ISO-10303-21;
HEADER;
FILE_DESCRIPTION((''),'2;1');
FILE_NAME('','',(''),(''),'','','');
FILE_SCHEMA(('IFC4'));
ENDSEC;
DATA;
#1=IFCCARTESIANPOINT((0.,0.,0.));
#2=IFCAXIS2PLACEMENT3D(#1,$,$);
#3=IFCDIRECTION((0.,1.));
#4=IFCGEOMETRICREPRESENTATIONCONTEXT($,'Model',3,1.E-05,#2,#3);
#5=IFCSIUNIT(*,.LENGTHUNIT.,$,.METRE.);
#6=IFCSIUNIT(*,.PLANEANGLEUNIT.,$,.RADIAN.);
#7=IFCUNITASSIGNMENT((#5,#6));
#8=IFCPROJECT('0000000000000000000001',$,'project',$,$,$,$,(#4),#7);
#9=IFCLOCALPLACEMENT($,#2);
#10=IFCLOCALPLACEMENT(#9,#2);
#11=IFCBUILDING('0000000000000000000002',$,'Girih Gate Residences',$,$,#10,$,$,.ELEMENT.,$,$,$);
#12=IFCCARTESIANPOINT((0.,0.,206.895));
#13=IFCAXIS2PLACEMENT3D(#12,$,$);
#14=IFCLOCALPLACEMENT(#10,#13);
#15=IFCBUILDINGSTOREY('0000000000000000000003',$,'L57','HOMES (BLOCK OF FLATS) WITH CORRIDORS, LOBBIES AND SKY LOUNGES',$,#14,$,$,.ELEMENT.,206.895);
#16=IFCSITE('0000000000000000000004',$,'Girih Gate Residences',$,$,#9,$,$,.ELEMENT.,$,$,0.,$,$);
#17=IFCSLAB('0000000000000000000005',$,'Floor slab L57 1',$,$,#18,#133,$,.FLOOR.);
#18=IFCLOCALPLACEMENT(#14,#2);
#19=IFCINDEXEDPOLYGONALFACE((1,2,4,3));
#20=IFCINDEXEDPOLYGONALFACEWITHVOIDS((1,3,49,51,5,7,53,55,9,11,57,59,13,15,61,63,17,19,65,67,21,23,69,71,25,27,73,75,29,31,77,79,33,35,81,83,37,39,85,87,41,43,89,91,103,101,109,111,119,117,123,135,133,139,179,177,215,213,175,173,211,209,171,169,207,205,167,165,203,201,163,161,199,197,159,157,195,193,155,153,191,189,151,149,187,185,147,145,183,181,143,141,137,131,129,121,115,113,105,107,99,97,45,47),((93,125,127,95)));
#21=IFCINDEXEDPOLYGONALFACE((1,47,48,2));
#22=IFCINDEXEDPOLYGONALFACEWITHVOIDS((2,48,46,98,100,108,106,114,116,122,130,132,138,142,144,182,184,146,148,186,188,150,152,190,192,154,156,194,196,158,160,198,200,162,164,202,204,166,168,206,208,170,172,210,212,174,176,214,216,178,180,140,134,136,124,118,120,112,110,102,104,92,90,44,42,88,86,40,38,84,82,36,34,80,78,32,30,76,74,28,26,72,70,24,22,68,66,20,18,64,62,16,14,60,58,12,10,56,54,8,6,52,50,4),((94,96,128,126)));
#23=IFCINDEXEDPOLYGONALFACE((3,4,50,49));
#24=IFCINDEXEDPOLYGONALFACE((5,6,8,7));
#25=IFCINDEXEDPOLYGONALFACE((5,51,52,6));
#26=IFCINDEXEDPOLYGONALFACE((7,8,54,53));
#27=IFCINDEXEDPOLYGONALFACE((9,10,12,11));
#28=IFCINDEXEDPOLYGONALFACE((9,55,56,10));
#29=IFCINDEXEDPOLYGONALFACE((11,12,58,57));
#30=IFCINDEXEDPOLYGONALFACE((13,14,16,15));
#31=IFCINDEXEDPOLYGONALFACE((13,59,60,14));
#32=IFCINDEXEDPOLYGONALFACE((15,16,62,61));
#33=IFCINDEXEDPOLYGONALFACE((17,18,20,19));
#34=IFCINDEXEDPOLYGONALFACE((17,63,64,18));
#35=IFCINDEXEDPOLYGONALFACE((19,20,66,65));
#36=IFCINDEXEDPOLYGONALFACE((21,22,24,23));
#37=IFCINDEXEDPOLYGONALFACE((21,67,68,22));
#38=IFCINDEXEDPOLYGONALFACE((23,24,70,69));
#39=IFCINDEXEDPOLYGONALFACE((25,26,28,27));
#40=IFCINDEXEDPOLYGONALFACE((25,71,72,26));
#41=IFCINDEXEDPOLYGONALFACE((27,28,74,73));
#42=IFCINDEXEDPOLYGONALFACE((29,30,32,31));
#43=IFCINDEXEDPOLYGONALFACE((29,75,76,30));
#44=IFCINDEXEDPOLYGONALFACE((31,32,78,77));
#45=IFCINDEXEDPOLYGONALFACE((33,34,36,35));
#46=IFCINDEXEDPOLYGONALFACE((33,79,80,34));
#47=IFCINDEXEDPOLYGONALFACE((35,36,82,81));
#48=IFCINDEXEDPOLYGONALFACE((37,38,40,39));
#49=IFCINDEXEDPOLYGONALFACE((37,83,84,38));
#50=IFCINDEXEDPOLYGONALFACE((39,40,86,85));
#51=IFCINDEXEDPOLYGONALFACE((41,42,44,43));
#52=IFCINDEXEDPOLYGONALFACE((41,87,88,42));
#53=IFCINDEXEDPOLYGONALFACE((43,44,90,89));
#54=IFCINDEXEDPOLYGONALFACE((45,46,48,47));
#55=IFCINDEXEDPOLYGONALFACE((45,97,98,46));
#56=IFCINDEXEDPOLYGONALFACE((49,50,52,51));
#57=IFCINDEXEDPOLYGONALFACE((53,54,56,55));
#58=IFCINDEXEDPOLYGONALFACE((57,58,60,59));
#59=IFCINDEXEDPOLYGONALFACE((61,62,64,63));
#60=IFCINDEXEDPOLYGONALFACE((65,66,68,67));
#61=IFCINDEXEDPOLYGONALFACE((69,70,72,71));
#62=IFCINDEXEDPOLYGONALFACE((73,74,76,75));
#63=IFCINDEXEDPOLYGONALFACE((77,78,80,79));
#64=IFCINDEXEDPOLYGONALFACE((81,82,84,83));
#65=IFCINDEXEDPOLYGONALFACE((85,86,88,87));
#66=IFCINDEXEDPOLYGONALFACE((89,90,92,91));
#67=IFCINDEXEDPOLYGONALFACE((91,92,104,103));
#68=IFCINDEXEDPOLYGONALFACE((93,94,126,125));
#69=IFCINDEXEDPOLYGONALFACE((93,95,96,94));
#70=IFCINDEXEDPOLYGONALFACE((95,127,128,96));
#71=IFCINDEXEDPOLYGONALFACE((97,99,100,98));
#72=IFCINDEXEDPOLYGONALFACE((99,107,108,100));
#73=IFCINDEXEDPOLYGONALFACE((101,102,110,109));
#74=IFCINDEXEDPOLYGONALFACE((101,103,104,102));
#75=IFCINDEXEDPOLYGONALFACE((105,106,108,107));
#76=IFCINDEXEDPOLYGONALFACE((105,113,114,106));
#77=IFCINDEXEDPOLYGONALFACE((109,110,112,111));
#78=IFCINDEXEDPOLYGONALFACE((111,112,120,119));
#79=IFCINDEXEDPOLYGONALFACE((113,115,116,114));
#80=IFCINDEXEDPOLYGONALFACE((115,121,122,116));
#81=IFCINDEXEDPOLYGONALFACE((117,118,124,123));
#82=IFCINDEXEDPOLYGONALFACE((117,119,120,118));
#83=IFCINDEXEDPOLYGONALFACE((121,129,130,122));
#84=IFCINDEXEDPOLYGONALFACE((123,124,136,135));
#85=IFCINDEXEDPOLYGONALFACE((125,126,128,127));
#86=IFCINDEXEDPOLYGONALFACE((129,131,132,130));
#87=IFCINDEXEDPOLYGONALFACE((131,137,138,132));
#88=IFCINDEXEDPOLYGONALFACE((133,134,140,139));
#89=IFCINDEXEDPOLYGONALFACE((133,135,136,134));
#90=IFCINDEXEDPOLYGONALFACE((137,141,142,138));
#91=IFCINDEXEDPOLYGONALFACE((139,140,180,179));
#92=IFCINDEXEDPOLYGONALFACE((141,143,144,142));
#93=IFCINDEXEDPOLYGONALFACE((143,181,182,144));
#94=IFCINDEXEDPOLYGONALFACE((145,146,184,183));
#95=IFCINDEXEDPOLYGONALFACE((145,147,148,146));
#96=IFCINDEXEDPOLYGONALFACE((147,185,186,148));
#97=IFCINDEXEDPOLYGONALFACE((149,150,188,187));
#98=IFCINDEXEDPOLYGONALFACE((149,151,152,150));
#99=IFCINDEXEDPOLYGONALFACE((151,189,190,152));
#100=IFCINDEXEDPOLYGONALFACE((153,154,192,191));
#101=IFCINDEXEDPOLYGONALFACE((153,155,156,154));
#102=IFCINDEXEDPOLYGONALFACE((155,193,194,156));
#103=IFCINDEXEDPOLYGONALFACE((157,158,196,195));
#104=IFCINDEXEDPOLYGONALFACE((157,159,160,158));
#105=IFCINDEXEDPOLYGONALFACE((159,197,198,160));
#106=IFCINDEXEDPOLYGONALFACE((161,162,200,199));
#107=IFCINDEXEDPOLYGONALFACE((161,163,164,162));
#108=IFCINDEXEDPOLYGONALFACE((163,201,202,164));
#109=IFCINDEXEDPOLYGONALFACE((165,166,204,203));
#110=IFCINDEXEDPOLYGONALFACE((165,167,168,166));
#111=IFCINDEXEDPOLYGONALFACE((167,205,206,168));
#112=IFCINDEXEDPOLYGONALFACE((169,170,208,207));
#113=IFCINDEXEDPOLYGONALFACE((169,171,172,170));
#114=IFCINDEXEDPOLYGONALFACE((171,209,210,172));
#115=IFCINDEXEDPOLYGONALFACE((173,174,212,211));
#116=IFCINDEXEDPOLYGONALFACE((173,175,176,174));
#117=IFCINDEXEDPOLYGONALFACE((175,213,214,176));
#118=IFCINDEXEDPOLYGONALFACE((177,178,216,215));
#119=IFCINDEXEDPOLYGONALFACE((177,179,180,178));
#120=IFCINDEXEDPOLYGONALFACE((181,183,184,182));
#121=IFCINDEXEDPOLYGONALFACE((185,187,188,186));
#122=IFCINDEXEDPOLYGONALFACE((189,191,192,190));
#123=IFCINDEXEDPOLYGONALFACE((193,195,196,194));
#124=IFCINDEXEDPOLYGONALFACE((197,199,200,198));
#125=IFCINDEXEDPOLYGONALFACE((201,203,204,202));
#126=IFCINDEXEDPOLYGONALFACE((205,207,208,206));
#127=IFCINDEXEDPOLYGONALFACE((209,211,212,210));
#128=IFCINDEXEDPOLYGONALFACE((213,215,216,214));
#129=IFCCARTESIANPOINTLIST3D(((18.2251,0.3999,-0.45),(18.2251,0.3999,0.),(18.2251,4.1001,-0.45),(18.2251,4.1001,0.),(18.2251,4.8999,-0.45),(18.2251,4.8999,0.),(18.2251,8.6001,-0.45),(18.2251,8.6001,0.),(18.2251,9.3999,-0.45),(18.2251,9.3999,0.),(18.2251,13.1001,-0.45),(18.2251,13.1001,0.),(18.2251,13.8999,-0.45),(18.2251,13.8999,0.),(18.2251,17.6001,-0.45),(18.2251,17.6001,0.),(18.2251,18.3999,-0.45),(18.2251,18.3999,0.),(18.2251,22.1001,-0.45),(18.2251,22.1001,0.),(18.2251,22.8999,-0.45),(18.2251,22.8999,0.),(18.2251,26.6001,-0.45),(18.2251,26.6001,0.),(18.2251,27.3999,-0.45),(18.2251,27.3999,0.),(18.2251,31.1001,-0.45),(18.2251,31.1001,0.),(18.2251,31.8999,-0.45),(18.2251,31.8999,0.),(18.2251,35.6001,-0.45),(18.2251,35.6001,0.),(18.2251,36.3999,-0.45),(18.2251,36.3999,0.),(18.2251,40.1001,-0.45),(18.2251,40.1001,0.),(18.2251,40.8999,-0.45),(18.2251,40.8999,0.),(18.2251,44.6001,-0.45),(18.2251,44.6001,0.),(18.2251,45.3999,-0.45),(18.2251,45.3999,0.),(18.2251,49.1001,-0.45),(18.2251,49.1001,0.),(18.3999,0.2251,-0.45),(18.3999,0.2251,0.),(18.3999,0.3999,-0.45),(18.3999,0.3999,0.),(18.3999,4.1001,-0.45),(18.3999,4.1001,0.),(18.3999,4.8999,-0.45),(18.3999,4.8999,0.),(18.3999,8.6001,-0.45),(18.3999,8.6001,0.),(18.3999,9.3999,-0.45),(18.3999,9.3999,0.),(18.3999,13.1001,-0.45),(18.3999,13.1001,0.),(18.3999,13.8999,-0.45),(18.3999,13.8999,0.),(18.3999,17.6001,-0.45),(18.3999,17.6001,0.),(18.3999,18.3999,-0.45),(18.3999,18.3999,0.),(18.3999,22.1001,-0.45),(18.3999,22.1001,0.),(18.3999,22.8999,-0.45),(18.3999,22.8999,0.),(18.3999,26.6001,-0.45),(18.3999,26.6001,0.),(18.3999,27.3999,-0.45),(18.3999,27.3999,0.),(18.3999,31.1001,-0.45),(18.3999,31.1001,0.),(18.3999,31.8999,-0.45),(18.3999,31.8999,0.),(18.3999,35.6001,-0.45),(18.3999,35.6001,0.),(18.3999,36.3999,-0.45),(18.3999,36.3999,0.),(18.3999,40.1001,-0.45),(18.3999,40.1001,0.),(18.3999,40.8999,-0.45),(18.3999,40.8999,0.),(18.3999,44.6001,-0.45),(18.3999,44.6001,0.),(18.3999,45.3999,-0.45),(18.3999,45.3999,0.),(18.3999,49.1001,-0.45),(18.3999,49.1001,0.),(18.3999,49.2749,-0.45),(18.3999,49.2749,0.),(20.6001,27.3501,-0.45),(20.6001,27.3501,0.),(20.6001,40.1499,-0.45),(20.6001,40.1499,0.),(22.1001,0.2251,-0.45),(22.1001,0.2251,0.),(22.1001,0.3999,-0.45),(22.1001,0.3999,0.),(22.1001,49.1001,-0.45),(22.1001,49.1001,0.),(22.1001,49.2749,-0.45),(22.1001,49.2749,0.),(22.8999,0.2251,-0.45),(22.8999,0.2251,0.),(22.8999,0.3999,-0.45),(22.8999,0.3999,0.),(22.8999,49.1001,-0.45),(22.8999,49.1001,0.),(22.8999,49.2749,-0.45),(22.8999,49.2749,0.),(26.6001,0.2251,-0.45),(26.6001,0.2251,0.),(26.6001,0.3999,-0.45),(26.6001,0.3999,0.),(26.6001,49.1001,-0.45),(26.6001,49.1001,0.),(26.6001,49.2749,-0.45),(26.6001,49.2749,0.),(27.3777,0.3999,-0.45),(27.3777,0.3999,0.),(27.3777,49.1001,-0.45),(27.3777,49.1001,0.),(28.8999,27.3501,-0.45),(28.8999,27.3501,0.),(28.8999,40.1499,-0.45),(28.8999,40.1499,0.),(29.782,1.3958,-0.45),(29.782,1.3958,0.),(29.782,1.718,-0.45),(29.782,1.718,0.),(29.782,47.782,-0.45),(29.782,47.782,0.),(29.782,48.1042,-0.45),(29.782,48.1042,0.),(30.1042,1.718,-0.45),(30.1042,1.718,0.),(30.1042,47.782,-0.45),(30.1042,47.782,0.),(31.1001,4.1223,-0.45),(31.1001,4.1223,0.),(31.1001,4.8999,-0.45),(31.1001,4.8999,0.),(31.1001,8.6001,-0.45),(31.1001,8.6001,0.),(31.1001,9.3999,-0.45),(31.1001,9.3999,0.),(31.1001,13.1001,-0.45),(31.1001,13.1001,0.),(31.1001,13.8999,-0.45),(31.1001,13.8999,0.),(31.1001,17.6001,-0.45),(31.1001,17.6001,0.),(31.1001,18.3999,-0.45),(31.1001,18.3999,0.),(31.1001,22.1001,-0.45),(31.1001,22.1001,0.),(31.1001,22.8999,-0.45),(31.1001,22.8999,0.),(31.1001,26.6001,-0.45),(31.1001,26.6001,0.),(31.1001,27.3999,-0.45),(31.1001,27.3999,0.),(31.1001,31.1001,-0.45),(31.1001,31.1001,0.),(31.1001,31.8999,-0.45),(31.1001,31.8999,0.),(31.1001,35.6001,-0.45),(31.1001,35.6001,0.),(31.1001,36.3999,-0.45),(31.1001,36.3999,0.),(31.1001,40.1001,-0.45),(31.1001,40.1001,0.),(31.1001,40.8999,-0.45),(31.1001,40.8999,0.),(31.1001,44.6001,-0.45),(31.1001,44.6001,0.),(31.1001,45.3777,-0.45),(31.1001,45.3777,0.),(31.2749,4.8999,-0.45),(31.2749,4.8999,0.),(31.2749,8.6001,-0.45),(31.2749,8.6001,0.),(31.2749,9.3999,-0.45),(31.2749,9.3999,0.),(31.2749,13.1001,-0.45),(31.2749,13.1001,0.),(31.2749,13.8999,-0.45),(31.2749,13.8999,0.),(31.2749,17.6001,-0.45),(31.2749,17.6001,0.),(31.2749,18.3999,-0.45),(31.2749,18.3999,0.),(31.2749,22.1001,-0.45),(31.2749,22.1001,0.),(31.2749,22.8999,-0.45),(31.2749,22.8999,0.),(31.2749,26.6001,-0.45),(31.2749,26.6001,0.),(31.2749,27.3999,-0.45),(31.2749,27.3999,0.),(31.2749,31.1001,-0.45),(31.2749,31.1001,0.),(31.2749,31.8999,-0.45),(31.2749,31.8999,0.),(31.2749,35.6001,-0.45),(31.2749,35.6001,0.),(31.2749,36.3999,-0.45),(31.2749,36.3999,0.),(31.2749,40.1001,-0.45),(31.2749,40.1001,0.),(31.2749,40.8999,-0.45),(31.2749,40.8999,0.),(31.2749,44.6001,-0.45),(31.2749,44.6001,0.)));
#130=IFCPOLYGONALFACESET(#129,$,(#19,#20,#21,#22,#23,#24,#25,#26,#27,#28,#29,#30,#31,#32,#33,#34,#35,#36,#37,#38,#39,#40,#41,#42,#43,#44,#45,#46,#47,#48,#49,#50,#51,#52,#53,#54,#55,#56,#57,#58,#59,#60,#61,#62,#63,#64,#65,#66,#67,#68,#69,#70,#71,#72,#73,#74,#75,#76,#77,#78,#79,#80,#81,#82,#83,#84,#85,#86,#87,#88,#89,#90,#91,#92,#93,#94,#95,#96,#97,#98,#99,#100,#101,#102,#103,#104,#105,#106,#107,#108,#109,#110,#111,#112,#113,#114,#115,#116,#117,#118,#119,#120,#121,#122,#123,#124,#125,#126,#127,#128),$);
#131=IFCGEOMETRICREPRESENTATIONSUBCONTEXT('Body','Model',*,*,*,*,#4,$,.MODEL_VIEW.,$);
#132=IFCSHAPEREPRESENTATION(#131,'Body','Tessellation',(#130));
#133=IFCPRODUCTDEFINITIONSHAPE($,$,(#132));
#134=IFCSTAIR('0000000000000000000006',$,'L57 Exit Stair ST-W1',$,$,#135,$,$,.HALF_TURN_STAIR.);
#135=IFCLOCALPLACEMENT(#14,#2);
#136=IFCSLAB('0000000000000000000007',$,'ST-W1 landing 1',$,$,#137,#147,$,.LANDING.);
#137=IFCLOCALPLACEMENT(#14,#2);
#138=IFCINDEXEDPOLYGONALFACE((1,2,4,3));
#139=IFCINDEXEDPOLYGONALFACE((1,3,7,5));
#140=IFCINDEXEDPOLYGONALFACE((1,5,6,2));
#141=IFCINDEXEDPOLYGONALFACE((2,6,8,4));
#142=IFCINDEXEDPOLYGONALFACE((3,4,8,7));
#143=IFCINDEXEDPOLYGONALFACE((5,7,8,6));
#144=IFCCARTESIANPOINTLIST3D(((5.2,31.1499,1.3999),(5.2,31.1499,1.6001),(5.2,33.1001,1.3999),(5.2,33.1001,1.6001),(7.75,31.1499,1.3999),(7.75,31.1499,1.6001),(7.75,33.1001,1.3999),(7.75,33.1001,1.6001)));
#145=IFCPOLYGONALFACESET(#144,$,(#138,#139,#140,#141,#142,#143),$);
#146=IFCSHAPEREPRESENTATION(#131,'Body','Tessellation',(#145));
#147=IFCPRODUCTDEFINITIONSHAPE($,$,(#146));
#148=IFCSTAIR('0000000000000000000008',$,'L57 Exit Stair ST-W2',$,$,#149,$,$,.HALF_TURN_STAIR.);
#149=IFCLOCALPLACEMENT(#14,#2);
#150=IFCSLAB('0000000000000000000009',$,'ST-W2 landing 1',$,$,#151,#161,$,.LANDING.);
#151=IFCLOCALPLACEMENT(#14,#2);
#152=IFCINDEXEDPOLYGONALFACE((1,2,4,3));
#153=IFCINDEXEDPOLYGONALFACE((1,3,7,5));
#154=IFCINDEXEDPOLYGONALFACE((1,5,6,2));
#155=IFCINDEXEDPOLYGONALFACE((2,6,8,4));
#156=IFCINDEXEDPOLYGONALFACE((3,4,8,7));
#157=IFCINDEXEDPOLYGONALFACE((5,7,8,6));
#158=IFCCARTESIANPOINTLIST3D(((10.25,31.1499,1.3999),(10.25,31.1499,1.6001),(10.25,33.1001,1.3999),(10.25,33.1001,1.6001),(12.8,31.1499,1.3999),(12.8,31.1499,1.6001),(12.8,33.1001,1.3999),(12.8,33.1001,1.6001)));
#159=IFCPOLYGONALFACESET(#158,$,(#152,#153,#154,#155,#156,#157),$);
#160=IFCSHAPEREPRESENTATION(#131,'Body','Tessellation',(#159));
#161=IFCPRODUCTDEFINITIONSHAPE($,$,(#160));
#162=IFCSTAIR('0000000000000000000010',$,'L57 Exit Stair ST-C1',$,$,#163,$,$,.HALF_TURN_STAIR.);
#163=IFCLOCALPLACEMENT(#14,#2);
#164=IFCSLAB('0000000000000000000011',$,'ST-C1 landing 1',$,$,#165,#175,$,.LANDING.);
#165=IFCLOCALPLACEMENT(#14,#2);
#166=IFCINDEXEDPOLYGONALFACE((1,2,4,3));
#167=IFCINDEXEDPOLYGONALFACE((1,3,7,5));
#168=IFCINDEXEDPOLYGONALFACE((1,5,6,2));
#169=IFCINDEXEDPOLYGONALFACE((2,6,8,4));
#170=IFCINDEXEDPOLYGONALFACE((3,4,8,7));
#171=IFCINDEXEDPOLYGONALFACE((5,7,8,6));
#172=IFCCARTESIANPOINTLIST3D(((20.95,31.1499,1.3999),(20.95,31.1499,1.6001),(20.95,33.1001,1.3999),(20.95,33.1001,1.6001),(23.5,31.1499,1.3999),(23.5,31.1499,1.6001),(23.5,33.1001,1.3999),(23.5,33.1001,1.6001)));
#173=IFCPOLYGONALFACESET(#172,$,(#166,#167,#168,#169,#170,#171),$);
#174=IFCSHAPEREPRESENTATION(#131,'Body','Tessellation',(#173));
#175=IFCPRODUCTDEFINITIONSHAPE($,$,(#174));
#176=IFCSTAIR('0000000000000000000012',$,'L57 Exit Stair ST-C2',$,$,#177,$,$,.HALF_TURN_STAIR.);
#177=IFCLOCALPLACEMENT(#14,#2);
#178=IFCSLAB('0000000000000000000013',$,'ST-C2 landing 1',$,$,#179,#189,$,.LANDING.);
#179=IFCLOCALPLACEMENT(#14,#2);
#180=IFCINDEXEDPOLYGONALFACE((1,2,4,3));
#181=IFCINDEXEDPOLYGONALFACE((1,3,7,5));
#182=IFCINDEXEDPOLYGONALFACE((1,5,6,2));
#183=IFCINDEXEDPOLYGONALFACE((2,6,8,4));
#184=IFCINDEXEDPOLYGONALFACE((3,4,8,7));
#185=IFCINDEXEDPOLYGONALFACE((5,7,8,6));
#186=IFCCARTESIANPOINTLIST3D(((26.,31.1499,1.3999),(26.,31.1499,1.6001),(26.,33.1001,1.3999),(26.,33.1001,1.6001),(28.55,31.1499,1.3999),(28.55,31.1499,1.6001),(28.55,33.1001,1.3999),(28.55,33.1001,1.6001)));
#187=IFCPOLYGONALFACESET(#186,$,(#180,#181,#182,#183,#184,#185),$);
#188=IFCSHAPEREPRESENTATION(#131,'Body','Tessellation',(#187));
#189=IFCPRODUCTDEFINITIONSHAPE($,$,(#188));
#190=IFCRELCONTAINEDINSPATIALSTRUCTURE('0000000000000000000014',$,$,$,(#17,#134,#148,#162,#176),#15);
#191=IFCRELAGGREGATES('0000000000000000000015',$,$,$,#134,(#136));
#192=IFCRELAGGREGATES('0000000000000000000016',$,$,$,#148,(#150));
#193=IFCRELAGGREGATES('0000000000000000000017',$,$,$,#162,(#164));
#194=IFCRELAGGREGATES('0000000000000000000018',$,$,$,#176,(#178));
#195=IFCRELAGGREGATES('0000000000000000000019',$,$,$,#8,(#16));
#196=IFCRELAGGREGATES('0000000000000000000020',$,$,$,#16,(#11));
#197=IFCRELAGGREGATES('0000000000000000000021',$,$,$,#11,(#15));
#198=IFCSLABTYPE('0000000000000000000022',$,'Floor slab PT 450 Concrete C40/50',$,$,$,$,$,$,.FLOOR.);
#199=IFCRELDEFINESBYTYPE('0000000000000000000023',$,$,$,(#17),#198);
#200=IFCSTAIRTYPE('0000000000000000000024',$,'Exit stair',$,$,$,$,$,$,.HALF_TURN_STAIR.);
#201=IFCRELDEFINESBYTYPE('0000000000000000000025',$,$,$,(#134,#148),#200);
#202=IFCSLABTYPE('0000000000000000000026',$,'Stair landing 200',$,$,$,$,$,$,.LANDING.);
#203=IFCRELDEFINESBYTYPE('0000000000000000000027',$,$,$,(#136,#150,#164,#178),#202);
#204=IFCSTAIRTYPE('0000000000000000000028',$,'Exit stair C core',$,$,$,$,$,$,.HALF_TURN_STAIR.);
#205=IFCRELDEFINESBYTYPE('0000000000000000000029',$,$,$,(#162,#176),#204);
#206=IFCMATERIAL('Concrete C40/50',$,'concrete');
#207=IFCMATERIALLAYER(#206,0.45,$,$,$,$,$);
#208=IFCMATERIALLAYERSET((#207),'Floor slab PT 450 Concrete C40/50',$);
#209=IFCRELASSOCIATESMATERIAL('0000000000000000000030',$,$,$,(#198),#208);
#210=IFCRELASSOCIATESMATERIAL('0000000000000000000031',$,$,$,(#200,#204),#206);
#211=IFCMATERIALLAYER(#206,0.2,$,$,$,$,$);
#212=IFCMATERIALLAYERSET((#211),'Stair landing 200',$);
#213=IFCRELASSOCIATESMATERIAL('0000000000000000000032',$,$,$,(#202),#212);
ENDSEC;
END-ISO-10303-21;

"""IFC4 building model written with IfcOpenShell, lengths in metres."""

from ifc_helpers import new_model, si_unit, direction, frame, origin, place, context, subcontext, project, spatial, polyline, outline, extrude, material, layer, layer_set, type_object, element, aggregate, save


model = new_model("IFC4")

# Units and contexts
model_context = context("Model", 3, precision=1e-05, world=origin(), true_north=direction((0.0, 1.0)))
body_context = subcontext(model_context, "Body", "Model", "MODEL_VIEW")
ifc_project = project(units=[si_unit("LENGTHUNIT", "METRE"), si_unit("PLANEANGLEUNIT", "RADIAN")], contexts=[model_context])

# Site, building, storey
site_placement = place(None, origin())
site = spatial("IfcSite", under=ifc_project, at=site_placement, Name="Girih Gate Residences", CompositionType="ELEMENT", RefElevation=0.0)
building_placement = place(site_placement, origin())
building = spatial("IfcBuilding", under=site, at=building_placement, Name="Girih Gate Residences", CompositionType="ELEMENT")
storey_placement = place(building_placement, frame((0.0, 0.0, 206.895)))
storey = spatial("IfcBuildingStorey", under=building, at=storey_placement, Name="L57", Description="HOMES (BLOCK OF FLATS) WITH CORRIDORS, LOBBIES AND SKY LOUNGES", CompositionType="ELEMENT", Elevation=206.895)

# Slab
ifc_material_1 = material(Name="Concrete C40/50", Category="concrete")
ifc_layer_1 = layer(ifc_material_1, 0.45)
ifc_layer_set_1 = layer_set([ifc_layer_1], Name="Floor slab PT 450 Concrete C40/50")
slab_type_1 = type_object("IfcSlabType", Name="Floor slab PT 450 Concrete C40/50", PredefinedType="FLOOR", material=ifc_layer_set_1)
slab_1_placement = place(storey_placement, frame((0.0, 0.0, -0.45)))
element("IfcSlab", 1, at=slab_1_placement, inside=storey, type_object=slab_type_1, Name="Floor slab L57 1", PredefinedType="FLOOR", context=body_context, shape_type="SweptSolid", body=[
    extrude(outline(polyline([(22.8999, 0.2251), (26.6001, 0.2251), (26.6001, 0.3999), (27.3777, 0.3999), (29.782, 1.3958), (29.782, 1.718), (30.1042, 1.718), (31.1001, 4.1223), (31.1001, 4.8999), (31.2749, 4.8999), (31.2749, 8.6001), (31.1001, 8.6001), (31.1001, 9.3999), (31.2749, 9.3999), (31.2749, 13.1001), (31.1001, 13.1001), (31.1001, 13.8999), (31.2749, 13.8999), (31.2749, 17.6001), (31.1001, 17.6001), (31.1001, 18.3999), (31.2749, 18.3999), (31.2749, 22.1001), (31.1001, 22.1001), (31.1001, 22.8999), (31.2749, 22.8999), (31.2749, 26.6001), (31.1001, 26.6001), (31.1001, 27.3999), (31.2749, 27.3999), (31.2749, 31.1001), (31.1001, 31.1001), (31.1001, 31.8999), (31.2749, 31.8999), (31.2749, 35.6001), (31.1001, 35.6001), (31.1001, 36.3999), (31.2749, 36.3999), (31.2749, 40.1001), (31.1001, 40.1001), (31.1001, 40.8999), (31.2749, 40.8999), (31.2749, 44.6001), (31.1001, 44.6001), (31.1001, 45.3777), (30.1042, 47.782), (29.782, 47.782), (29.782, 48.1042), (27.3777, 49.1001), (26.6001, 49.1001), (26.6001, 49.2749), (22.8999, 49.2749), (22.8999, 49.1001), (22.1001, 49.1001), (22.1001, 49.2749), (18.3999, 49.2749), (18.3999, 49.1001), (18.2251, 49.1001), (18.2251, 45.3999), (18.3999, 45.3999), (18.3999, 44.6001), (18.2251, 44.6001), (18.2251, 40.8999), (18.3999, 40.8999), (18.3999, 40.1001), (18.2251, 40.1001), (18.2251, 36.3999), (18.3999, 36.3999), (18.3999, 35.6001), (18.2251, 35.6001), (18.2251, 31.8999), (18.3999, 31.8999), (18.3999, 31.1001), (18.2251, 31.1001), (18.2251, 27.3999), (18.3999, 27.3999), (18.3999, 26.6001), (18.2251, 26.6001), (18.2251, 22.8999), (18.3999, 22.8999), (18.3999, 22.1001), (18.2251, 22.1001), (18.2251, 18.3999), (18.3999, 18.3999), (18.3999, 17.6001), (18.2251, 17.6001), (18.2251, 13.8999), (18.3999, 13.8999), (18.3999, 13.1001), (18.2251, 13.1001), (18.2251, 9.3999), (18.3999, 9.3999), (18.3999, 8.6001), (18.2251, 8.6001), (18.2251, 4.8999), (18.3999, 4.8999), (18.3999, 4.1001), (18.2251, 4.1001), (18.2251, 0.3999), (18.3999, 0.3999), (18.3999, 0.2251), (22.1001, 0.2251), (22.1001, 0.3999), (22.8999, 0.3999), (22.8999, 0.2251)]), holes=[polyline([(28.8999, 40.1499), (28.8999, 27.3501), (20.6001, 27.3501), (20.6001, 40.1499), (28.8999, 40.1499)])]), origin(), (0.0, 0.0, 1.0), 0.45),
])

# Stairs, slabs
stair_type_1 = type_object("IfcStairType", Name="Exit stair", PredefinedType="HALF_TURN_STAIR", material=ifc_material_1)
stair_1_placement = place(storey_placement, origin())
stair_1 = element("IfcStair", 2, at=stair_1_placement, inside=storey, type_object=stair_type_1, Name="L57 Exit Stair ST-W1", PredefinedType="HALF_TURN_STAIR")
ifc_layer_2 = layer(ifc_material_1, 0.2)
ifc_layer_set_2 = layer_set([ifc_layer_2], Name="Stair landing 200")
slab_type_2 = type_object("IfcSlabType", Name="Stair landing 200", PredefinedType="LANDING", material=ifc_layer_set_2)
slab_2_placement = place(storey_placement, frame((0.0, 0.0, 1.3999)))
slab_2 = element("IfcSlab", 3, at=slab_2_placement, type_object=slab_type_2, Name="ST-W1 landing 1", PredefinedType="LANDING", context=body_context, shape_type="SweptSolid", body=[
    extrude(outline(polyline([(7.75, 31.1499), (7.75, 33.1001), (5.2, 33.1001), (5.2, 31.1499), (7.75, 31.1499)])), origin(), (0.0, 0.0, 1.0), 0.2002),
])
aggregate(stair_1, [slab_2])
stair_2_placement = place(storey_placement, origin())
stair_2 = element("IfcStair", 4, at=stair_2_placement, inside=storey, type_object=stair_type_1, Name="L57 Exit Stair ST-W2", PredefinedType="HALF_TURN_STAIR")
slab_3_placement = place(storey_placement, frame((0.0, 0.0, 1.3999)))
slab_3 = element("IfcSlab", 5, at=slab_3_placement, type_object=slab_type_2, Name="ST-W2 landing 1", PredefinedType="LANDING", context=body_context, shape_type="SweptSolid", body=[
    extrude(outline(polyline([(12.8, 31.1499), (12.8, 33.1001), (10.25, 33.1001), (10.25, 31.1499), (12.8, 31.1499)])), origin(), (0.0, 0.0, 1.0), 0.2002),
])
aggregate(stair_2, [slab_3])
stair_type_2 = type_object("IfcStairType", Name="Exit stair C core", PredefinedType="HALF_TURN_STAIR", material=ifc_material_1)
stair_3_placement = place(storey_placement, origin())
stair_3 = element("IfcStair", 6, at=stair_3_placement, inside=storey, type_object=stair_type_2, Name="L57 Exit Stair ST-C1", PredefinedType="HALF_TURN_STAIR")
slab_4_placement = place(storey_placement, frame((0.0, 0.0, 1.3999)))
slab_4 = element("IfcSlab", 7, at=slab_4_placement, type_object=slab_type_2, Name="ST-C1 landing 1", PredefinedType="LANDING", context=body_context, shape_type="SweptSolid", body=[
    extrude(outline(polyline([(23.5, 31.1499), (23.5, 33.1001), (20.95, 33.1001), (20.95, 31.1499), (23.5, 31.1499)])), origin(), (0.0, 0.0, 1.0), 0.2002),
])
aggregate(stair_3, [slab_4])
stair_4_placement = place(storey_placement, origin())
stair_4 = element("IfcStair", 8, at=stair_4_placement, inside=storey, type_object=stair_type_2, Name="L57 Exit Stair ST-C2", PredefinedType="HALF_TURN_STAIR")
slab_5_placement = place(storey_placement, frame((0.0, 0.0, 1.3999)))
slab_5 = element("IfcSlab", 9, at=slab_5_placement, type_object=slab_type_2, Name="ST-C2 landing 1", PredefinedType="LANDING", context=body_context, shape_type="SweptSolid", body=[
    extrude(outline(polyline([(28.55, 31.1499), (28.55, 33.1001), (26.0, 33.1001), (26.0, 31.1499), (28.55, 31.1499)])), origin(), (0.0, 0.0, 1.0), 0.2002),
])
aggregate(stair_4, [slab_5])

save(model, "model.ifc")
